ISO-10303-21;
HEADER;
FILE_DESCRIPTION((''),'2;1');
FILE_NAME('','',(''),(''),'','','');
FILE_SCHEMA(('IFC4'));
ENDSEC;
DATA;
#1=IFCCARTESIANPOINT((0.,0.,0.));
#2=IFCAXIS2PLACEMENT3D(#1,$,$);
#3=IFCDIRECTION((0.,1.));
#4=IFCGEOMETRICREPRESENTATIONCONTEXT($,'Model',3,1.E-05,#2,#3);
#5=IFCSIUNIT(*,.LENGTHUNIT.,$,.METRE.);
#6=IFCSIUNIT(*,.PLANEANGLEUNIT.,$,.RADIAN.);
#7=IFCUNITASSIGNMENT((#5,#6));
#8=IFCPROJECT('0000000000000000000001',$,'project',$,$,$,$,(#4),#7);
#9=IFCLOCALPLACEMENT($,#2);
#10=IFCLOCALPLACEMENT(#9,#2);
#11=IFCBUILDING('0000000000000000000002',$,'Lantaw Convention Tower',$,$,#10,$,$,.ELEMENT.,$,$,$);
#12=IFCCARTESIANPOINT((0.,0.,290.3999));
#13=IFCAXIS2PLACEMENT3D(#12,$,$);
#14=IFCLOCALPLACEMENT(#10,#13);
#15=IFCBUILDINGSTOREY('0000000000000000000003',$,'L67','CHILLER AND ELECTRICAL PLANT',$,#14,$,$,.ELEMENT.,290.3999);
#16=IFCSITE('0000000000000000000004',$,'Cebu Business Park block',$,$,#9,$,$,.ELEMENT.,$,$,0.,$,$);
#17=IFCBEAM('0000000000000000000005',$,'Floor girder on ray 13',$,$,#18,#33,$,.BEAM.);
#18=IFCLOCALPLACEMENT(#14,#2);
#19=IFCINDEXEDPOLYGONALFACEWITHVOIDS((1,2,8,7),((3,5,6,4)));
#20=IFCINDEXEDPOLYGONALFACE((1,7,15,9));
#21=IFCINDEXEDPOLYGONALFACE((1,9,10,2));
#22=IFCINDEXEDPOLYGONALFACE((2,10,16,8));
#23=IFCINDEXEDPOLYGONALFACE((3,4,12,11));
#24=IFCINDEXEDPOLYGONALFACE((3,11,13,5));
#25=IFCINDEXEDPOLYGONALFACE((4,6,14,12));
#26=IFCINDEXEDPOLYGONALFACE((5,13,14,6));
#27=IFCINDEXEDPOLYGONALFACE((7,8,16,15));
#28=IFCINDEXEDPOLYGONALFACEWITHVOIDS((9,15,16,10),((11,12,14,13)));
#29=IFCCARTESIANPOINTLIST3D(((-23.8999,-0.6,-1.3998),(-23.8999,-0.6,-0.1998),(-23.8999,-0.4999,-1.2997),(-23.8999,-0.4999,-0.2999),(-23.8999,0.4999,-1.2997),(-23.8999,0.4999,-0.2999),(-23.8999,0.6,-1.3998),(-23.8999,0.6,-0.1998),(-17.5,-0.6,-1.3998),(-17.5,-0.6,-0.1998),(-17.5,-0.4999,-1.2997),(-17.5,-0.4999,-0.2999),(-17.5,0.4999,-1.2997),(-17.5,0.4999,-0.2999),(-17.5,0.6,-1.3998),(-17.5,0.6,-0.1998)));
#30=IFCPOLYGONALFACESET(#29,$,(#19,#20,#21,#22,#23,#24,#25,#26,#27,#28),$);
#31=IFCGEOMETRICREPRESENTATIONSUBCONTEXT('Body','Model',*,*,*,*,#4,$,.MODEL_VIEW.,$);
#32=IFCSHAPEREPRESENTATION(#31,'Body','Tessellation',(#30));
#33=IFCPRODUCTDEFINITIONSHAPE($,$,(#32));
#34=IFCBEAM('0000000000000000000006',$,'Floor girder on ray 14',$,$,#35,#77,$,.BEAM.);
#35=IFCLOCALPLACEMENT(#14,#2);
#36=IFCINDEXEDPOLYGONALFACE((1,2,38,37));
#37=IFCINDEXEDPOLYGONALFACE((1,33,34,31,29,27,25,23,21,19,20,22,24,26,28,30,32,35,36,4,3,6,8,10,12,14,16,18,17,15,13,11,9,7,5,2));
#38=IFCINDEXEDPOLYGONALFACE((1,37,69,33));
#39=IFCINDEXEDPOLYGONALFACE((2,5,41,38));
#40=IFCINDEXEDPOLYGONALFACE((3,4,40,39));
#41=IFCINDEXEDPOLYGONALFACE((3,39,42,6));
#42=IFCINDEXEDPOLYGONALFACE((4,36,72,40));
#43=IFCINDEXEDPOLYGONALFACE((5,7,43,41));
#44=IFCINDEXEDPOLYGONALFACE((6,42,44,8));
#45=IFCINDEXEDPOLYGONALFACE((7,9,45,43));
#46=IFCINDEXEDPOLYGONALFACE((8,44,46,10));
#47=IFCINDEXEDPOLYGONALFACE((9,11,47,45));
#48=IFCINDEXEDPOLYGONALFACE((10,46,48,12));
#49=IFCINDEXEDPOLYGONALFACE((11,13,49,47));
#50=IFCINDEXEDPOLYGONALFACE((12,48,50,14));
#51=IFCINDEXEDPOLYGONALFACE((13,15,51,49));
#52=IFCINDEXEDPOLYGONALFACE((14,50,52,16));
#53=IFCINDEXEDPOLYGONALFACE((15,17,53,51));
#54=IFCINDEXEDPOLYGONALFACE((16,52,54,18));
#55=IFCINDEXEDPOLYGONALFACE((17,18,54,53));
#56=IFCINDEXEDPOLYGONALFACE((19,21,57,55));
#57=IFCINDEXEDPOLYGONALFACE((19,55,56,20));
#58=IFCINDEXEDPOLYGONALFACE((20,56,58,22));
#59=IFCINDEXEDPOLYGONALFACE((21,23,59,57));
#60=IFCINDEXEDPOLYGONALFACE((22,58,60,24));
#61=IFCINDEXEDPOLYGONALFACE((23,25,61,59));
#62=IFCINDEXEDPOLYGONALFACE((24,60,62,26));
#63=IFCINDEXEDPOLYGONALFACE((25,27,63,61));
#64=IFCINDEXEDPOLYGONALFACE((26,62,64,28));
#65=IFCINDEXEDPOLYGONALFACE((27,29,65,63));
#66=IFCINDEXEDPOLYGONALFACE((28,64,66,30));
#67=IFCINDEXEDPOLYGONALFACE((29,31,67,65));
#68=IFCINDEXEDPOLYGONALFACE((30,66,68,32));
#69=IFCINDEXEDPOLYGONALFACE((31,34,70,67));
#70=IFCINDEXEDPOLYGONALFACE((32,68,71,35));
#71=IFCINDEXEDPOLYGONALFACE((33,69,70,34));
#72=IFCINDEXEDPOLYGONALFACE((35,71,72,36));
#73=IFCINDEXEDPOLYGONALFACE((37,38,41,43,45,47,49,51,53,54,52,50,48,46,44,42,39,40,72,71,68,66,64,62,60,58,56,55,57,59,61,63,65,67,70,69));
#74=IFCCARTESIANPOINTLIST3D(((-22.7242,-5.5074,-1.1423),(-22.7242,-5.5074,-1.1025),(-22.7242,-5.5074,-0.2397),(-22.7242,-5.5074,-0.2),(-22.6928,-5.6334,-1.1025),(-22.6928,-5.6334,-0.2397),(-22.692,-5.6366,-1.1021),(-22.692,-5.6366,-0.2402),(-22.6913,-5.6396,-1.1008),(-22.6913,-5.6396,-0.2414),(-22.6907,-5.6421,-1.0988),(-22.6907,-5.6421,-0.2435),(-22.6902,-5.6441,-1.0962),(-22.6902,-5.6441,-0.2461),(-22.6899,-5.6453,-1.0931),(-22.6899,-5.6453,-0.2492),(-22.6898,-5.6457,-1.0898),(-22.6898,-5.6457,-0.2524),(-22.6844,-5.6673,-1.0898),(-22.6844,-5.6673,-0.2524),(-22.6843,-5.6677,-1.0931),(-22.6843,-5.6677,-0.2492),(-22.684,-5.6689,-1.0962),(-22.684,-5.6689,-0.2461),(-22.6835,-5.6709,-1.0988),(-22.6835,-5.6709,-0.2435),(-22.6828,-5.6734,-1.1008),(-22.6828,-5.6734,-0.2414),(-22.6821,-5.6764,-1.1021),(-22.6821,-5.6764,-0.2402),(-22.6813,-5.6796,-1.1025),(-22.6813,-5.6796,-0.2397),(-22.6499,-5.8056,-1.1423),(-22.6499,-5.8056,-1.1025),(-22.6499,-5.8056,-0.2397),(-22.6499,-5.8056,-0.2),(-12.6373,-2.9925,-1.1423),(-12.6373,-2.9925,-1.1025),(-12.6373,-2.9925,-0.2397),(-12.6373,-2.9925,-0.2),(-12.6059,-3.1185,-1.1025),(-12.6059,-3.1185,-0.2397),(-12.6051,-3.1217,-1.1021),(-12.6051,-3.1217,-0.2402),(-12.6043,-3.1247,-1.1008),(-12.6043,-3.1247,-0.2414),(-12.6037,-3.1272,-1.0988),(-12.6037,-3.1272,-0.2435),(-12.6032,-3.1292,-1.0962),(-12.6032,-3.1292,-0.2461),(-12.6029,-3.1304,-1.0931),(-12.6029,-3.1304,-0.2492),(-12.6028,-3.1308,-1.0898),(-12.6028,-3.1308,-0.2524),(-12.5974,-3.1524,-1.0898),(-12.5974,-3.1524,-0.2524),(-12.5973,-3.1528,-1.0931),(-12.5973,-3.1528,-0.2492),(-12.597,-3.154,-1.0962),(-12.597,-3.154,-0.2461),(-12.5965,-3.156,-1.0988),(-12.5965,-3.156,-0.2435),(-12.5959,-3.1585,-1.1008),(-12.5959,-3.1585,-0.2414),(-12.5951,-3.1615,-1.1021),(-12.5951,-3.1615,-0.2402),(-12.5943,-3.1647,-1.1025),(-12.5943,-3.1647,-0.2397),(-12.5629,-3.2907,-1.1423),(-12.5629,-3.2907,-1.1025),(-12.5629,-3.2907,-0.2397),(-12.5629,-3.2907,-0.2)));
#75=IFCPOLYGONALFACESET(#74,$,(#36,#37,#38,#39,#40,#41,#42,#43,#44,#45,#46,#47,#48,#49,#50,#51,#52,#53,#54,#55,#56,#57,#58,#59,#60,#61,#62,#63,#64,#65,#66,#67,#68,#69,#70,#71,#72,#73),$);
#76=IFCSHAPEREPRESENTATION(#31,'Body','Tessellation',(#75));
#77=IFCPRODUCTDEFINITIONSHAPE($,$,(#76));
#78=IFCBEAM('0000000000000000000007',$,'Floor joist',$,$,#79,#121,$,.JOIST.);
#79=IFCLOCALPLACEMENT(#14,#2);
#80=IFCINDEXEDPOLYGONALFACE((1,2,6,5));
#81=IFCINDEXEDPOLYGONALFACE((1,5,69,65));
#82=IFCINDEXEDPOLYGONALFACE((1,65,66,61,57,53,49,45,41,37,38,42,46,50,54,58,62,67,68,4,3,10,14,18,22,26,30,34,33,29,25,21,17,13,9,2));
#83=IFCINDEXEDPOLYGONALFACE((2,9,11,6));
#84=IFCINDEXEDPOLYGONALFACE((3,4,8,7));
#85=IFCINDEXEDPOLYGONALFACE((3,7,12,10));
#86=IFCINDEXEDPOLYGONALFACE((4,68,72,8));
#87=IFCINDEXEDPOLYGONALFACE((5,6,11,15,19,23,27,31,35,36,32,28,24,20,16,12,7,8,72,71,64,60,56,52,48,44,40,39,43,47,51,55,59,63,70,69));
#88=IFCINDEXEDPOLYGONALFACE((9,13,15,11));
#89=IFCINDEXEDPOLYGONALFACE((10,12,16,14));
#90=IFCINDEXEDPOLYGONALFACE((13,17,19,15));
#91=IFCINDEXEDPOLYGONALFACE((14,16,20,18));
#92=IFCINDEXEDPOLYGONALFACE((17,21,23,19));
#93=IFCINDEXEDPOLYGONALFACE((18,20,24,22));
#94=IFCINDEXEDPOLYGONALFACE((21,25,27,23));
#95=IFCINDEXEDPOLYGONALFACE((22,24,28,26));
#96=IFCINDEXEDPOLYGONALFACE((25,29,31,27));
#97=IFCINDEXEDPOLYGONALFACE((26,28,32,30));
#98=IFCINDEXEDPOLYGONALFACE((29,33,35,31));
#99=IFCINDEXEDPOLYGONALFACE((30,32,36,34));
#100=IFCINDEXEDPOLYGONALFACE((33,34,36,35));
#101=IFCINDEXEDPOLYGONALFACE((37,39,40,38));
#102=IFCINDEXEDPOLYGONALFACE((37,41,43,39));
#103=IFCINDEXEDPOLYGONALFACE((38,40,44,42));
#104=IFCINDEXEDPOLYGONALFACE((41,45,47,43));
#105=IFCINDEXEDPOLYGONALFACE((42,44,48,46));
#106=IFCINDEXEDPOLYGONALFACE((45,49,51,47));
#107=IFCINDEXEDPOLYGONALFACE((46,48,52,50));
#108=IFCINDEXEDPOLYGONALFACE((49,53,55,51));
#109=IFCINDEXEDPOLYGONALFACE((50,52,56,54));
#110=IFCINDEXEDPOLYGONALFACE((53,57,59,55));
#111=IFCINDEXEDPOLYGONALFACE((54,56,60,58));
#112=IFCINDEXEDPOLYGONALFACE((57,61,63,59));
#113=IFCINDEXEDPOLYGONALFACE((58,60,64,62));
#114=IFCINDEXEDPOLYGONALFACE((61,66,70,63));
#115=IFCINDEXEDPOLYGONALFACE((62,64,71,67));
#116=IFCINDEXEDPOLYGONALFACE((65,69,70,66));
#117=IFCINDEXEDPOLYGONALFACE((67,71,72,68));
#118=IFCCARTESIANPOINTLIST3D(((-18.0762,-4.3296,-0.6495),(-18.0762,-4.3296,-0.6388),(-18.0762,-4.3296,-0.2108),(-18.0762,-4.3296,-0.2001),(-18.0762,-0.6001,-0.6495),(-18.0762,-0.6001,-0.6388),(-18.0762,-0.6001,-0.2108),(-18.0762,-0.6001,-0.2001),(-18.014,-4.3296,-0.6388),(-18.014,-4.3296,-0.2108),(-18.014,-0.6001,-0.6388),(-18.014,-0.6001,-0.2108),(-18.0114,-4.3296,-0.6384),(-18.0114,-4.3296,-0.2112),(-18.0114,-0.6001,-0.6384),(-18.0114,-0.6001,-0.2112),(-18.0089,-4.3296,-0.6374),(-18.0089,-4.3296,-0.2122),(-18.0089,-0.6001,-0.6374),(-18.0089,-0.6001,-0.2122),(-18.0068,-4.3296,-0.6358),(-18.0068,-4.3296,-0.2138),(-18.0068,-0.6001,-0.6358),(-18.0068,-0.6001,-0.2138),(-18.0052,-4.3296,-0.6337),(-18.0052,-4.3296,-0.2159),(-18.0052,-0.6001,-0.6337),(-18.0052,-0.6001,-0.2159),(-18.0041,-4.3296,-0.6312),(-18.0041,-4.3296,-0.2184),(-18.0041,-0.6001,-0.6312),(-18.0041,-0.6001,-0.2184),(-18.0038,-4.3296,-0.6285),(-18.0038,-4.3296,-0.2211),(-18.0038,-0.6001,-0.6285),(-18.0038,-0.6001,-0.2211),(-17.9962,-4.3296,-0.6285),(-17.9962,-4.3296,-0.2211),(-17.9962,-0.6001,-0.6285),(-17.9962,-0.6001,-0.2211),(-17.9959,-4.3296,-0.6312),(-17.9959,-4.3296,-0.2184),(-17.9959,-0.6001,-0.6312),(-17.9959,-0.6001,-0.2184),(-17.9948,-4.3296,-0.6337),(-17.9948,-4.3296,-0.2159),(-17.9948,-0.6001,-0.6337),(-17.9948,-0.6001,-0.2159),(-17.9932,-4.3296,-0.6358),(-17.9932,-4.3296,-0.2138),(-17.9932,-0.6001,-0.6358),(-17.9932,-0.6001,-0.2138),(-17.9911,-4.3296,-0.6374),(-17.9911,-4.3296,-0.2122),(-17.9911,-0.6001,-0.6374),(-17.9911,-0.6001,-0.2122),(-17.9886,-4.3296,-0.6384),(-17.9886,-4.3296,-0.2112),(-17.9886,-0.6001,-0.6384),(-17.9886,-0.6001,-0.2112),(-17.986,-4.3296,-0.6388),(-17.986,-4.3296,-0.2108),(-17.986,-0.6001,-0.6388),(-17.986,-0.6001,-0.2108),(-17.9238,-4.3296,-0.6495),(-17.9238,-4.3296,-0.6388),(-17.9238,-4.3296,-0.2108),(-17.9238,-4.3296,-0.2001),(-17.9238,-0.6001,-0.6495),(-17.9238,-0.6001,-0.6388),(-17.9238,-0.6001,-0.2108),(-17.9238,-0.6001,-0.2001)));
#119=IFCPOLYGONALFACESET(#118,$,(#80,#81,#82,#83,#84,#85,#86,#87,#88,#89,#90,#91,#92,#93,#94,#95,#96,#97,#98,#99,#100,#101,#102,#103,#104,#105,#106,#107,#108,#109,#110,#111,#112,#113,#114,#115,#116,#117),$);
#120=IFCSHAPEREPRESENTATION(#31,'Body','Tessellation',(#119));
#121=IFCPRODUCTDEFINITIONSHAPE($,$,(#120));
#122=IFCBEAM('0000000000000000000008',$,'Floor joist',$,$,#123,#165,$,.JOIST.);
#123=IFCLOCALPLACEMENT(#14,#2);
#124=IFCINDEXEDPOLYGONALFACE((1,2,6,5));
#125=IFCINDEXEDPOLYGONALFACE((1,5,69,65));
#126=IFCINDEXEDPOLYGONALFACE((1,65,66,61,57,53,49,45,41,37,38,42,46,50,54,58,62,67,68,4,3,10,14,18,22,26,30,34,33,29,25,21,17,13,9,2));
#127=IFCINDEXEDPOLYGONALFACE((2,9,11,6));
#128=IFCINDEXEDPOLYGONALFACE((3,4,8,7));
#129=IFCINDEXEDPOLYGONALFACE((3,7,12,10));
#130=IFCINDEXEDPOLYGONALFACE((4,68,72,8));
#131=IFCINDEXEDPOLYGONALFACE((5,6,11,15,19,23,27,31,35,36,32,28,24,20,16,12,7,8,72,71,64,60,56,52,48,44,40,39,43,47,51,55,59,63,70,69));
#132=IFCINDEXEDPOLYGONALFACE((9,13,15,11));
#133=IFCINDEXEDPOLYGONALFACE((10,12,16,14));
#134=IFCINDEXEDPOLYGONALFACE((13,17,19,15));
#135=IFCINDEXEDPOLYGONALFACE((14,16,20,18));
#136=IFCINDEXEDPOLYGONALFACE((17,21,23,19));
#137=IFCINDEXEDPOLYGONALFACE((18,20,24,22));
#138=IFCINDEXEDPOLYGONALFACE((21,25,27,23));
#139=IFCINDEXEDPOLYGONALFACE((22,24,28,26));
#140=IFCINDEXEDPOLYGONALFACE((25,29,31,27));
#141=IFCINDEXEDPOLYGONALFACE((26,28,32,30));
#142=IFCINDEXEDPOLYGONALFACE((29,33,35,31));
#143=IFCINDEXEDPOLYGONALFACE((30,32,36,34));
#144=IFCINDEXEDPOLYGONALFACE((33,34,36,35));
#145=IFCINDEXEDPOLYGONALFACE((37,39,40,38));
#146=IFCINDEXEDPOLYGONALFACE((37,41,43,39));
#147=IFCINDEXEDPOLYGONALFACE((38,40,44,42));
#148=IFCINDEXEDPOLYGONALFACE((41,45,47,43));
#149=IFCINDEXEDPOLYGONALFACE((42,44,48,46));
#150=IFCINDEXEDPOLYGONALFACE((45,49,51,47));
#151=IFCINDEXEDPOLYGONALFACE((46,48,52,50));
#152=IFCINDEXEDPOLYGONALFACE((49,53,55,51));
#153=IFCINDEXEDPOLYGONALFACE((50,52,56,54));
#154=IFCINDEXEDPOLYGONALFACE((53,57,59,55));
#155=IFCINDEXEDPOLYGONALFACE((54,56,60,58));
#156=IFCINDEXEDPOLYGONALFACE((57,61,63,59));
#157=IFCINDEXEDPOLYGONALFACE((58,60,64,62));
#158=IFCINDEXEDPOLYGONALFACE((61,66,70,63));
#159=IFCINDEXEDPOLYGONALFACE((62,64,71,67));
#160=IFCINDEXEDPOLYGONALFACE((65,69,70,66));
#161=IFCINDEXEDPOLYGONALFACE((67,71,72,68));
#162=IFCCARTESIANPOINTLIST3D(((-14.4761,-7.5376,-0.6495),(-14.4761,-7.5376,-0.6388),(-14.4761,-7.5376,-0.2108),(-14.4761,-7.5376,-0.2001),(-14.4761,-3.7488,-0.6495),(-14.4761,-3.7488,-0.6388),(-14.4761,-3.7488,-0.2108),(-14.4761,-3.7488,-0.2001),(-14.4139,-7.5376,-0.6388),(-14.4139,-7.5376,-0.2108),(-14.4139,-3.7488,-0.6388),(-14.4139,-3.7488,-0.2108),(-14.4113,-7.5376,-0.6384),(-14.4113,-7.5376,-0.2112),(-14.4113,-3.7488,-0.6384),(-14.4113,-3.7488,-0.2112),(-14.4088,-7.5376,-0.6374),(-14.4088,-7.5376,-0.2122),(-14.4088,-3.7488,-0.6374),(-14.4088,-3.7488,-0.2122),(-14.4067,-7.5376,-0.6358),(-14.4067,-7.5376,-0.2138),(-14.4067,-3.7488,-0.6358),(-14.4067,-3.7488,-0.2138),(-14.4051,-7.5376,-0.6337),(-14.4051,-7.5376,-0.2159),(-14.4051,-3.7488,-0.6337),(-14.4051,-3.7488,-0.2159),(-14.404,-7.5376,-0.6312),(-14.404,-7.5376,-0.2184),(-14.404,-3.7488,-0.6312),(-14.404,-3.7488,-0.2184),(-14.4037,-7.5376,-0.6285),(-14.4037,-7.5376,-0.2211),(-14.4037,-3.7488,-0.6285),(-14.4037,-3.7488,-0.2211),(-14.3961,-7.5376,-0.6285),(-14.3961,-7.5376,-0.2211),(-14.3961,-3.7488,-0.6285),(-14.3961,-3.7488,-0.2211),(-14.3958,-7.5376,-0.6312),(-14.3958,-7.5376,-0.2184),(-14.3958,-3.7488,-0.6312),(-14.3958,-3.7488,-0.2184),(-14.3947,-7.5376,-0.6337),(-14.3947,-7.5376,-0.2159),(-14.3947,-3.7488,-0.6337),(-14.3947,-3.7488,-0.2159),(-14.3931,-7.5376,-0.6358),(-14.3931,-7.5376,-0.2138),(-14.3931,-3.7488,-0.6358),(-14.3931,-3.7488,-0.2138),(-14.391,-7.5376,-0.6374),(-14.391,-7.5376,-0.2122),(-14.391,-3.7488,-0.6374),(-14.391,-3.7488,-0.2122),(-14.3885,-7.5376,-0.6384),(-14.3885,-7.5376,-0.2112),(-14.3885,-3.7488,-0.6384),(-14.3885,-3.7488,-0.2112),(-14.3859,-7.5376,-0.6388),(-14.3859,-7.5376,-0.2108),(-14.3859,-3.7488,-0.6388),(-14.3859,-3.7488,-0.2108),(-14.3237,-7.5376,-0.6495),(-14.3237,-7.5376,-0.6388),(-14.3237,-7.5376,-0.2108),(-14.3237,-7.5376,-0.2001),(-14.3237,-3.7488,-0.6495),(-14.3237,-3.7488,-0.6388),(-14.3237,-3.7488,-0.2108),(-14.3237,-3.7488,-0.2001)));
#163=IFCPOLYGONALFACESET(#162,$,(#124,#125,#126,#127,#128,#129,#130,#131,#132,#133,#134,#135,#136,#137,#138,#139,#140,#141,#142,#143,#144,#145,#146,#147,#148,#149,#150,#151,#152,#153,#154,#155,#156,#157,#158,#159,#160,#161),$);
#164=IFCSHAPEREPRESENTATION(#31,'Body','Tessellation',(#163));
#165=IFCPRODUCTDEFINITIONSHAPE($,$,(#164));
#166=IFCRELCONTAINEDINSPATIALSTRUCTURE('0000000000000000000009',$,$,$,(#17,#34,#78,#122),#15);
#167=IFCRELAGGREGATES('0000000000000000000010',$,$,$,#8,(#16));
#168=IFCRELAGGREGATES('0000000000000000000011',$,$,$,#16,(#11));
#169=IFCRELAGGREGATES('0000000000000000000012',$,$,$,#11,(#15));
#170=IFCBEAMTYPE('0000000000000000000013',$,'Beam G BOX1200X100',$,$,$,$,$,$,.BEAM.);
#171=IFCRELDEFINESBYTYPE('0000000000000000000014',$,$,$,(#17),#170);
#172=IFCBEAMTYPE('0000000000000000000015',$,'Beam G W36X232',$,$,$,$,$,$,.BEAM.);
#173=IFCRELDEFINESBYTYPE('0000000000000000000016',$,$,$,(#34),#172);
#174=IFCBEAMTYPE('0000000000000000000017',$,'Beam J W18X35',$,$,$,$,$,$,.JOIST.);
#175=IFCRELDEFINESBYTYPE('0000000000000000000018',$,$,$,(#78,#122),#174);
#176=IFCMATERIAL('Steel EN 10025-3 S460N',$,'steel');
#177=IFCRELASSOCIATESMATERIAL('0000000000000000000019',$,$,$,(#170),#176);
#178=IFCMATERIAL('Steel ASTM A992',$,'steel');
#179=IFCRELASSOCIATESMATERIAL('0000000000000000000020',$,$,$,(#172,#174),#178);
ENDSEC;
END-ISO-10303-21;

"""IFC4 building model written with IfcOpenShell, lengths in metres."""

from ifc_helpers import new_model, si_unit, direction, frame, origin, origin_2d, place, context, subcontext, project, spatial, hollow_rectangle, i_section, extrude, material, material_profile, profile_set, type_object, element, save


model = new_model("IFC4")

# Units and contexts
model_context = context("Model", 3, precision=1e-05, world=origin(), true_north=direction((0.0, 1.0)))
body_context = subcontext(model_context, "Body", "Model", "MODEL_VIEW")
ifc_project = project(units=[si_unit("LENGTHUNIT", "METRE"), si_unit("PLANEANGLEUNIT", "RADIAN")], contexts=[model_context])

# Site, building, storey
site_placement = place(None, origin())
site = spatial("IfcSite", under=ifc_project, at=site_placement, Name="Cebu Business Park block", CompositionType="ELEMENT", RefElevation=0.0)
building_placement = place(site_placement, origin())
building = spatial("IfcBuilding", under=site, at=building_placement, Name="Lantaw Convention Tower", CompositionType="ELEMENT")
storey_placement = place(building_placement, frame((0.0, 0.0, 290.3999)))
storey = spatial("IfcBuildingStorey", under=building, at=storey_placement, Name="L67", Description="CHILLER AND ELECTRICAL PLANT", CompositionType="ELEMENT", Elevation=290.3999)

# Beams
ifc_material_1 = material(Name="Steel EN 10025-3 S460N", Category="steel")
ifc_material_profile_1 = material_profile(ifc_material_1, hollow_rectangle(XDim=1.2, YDim=1.2, WallThickness=0.1001, at=origin_2d()), Name="BOX1200X100")
ifc_profile_set_1 = profile_set([ifc_material_profile_1], Name="Steel EN 10025-3 S460N")
beam_type_1 = type_object("IfcBeamType", Name="Beam G BOX1200X100", PredefinedType="BEAM", material=ifc_profile_set_1)
beam_1_placement = place(storey_placement, frame((-17.5, 0.0, -0.7998), z_axis=(-1.0, 0.0, 0.0), x_axis=(0.0, -1.0, 0.0)))
element("IfcBeam", 1, at=beam_1_placement, inside=storey, type_object=beam_type_1, Name="Floor girder on ray 13", PredefinedType="BEAM", context=body_context, shape_type="SweptSolid", body=[
    extrude(hollow_rectangle(XDim=1.2, YDim=1.2, WallThickness=0.1001, at=origin_2d()), origin(), (0.0, 0.0, 1.0), 6.3999),
])
ifc_material_2 = material(Name="Steel ASTM A992", Category="steel")
ifc_material_profile_2 = material_profile(ifc_material_2, i_section(OverallWidth=0.3074, OverallDepth=0.9424, WebThickness=0.0222, FlangeThickness=0.0398, FilletRadius=0.0127, at=origin_2d()), Name="W36X232")
ifc_profile_set_2 = profile_set([ifc_material_profile_2], Name="Steel ASTM A992")
beam_type_2 = type_object("IfcBeamType", Name="Beam G W36X232", PredefinedType="BEAM", material=ifc_profile_set_2)
beam_2_placement = place(storey_placement, frame((-12.6001, -3.1416, -0.6711), z_axis=(-0.970297, -0.241917, 0.0), x_axis=(0.241917, -0.970297, 0.0)))
element("IfcBeam", 2, at=beam_2_placement, inside=storey, type_object=beam_type_2, Name="Floor girder on ray 14", PredefinedType="BEAM", context=body_context, shape_type="SweptSolid", body=[
    extrude(i_section(OverallWidth=0.3074, OverallDepth=0.9424, WebThickness=0.0222, FlangeThickness=0.0398, FilletRadius=0.0127, at=origin_2d()), origin(), (0.0, 0.0, 1.0), 10.3958),
])
ifc_material_profile_3 = material_profile(ifc_material_2, i_section(OverallWidth=0.1523, OverallDepth=0.4495, WebThickness=0.0076, FlangeThickness=0.0107, FilletRadius=0.0103, at=origin_2d()), Name="W18X35")
ifc_profile_set_3 = profile_set([ifc_material_profile_3], Name="Steel ASTM A992")
beam_type_3 = type_object("IfcBeamType", Name="Beam J W18X35", PredefinedType="JOIST", material=ifc_profile_set_3)
beam_3_placement = place(storey_placement, frame((-18.0, -4.3296, -0.4248), z_axis=(0.0, 1.0, 0.0), x_axis=(-1.0, 0.0, 0.0)))
element("IfcBeam", 3, at=beam_3_placement, inside=storey, type_object=beam_type_3, Name="Floor joist", PredefinedType="JOIST", context=body_context, shape_type="SweptSolid", body=[
    extrude(i_section(OverallWidth=0.1523, OverallDepth=0.4495, WebThickness=0.0076, FlangeThickness=0.0107, FilletRadius=0.0103, at=origin_2d()), origin(), (0.0, 0.0, 1.0), 3.7295),
])
beam_4_placement = place(storey_placement, frame((-14.3999, -7.5376, -0.4248), z_axis=(0.0, 1.0, 0.0), x_axis=(-1.0, 0.0, 0.0)))
element("IfcBeam", 4, at=beam_4_placement, inside=storey, type_object=beam_type_3, Name="Floor joist", PredefinedType="JOIST", context=body_context, shape_type="SweptSolid", body=[
    extrude(i_section(OverallWidth=0.1523, OverallDepth=0.4495, WebThickness=0.0076, FlangeThickness=0.0107, FilletRadius=0.0103, at=origin_2d()), origin(), (0.0, 0.0, 1.0), 3.7888),
])

save(model, "model.ifc")
